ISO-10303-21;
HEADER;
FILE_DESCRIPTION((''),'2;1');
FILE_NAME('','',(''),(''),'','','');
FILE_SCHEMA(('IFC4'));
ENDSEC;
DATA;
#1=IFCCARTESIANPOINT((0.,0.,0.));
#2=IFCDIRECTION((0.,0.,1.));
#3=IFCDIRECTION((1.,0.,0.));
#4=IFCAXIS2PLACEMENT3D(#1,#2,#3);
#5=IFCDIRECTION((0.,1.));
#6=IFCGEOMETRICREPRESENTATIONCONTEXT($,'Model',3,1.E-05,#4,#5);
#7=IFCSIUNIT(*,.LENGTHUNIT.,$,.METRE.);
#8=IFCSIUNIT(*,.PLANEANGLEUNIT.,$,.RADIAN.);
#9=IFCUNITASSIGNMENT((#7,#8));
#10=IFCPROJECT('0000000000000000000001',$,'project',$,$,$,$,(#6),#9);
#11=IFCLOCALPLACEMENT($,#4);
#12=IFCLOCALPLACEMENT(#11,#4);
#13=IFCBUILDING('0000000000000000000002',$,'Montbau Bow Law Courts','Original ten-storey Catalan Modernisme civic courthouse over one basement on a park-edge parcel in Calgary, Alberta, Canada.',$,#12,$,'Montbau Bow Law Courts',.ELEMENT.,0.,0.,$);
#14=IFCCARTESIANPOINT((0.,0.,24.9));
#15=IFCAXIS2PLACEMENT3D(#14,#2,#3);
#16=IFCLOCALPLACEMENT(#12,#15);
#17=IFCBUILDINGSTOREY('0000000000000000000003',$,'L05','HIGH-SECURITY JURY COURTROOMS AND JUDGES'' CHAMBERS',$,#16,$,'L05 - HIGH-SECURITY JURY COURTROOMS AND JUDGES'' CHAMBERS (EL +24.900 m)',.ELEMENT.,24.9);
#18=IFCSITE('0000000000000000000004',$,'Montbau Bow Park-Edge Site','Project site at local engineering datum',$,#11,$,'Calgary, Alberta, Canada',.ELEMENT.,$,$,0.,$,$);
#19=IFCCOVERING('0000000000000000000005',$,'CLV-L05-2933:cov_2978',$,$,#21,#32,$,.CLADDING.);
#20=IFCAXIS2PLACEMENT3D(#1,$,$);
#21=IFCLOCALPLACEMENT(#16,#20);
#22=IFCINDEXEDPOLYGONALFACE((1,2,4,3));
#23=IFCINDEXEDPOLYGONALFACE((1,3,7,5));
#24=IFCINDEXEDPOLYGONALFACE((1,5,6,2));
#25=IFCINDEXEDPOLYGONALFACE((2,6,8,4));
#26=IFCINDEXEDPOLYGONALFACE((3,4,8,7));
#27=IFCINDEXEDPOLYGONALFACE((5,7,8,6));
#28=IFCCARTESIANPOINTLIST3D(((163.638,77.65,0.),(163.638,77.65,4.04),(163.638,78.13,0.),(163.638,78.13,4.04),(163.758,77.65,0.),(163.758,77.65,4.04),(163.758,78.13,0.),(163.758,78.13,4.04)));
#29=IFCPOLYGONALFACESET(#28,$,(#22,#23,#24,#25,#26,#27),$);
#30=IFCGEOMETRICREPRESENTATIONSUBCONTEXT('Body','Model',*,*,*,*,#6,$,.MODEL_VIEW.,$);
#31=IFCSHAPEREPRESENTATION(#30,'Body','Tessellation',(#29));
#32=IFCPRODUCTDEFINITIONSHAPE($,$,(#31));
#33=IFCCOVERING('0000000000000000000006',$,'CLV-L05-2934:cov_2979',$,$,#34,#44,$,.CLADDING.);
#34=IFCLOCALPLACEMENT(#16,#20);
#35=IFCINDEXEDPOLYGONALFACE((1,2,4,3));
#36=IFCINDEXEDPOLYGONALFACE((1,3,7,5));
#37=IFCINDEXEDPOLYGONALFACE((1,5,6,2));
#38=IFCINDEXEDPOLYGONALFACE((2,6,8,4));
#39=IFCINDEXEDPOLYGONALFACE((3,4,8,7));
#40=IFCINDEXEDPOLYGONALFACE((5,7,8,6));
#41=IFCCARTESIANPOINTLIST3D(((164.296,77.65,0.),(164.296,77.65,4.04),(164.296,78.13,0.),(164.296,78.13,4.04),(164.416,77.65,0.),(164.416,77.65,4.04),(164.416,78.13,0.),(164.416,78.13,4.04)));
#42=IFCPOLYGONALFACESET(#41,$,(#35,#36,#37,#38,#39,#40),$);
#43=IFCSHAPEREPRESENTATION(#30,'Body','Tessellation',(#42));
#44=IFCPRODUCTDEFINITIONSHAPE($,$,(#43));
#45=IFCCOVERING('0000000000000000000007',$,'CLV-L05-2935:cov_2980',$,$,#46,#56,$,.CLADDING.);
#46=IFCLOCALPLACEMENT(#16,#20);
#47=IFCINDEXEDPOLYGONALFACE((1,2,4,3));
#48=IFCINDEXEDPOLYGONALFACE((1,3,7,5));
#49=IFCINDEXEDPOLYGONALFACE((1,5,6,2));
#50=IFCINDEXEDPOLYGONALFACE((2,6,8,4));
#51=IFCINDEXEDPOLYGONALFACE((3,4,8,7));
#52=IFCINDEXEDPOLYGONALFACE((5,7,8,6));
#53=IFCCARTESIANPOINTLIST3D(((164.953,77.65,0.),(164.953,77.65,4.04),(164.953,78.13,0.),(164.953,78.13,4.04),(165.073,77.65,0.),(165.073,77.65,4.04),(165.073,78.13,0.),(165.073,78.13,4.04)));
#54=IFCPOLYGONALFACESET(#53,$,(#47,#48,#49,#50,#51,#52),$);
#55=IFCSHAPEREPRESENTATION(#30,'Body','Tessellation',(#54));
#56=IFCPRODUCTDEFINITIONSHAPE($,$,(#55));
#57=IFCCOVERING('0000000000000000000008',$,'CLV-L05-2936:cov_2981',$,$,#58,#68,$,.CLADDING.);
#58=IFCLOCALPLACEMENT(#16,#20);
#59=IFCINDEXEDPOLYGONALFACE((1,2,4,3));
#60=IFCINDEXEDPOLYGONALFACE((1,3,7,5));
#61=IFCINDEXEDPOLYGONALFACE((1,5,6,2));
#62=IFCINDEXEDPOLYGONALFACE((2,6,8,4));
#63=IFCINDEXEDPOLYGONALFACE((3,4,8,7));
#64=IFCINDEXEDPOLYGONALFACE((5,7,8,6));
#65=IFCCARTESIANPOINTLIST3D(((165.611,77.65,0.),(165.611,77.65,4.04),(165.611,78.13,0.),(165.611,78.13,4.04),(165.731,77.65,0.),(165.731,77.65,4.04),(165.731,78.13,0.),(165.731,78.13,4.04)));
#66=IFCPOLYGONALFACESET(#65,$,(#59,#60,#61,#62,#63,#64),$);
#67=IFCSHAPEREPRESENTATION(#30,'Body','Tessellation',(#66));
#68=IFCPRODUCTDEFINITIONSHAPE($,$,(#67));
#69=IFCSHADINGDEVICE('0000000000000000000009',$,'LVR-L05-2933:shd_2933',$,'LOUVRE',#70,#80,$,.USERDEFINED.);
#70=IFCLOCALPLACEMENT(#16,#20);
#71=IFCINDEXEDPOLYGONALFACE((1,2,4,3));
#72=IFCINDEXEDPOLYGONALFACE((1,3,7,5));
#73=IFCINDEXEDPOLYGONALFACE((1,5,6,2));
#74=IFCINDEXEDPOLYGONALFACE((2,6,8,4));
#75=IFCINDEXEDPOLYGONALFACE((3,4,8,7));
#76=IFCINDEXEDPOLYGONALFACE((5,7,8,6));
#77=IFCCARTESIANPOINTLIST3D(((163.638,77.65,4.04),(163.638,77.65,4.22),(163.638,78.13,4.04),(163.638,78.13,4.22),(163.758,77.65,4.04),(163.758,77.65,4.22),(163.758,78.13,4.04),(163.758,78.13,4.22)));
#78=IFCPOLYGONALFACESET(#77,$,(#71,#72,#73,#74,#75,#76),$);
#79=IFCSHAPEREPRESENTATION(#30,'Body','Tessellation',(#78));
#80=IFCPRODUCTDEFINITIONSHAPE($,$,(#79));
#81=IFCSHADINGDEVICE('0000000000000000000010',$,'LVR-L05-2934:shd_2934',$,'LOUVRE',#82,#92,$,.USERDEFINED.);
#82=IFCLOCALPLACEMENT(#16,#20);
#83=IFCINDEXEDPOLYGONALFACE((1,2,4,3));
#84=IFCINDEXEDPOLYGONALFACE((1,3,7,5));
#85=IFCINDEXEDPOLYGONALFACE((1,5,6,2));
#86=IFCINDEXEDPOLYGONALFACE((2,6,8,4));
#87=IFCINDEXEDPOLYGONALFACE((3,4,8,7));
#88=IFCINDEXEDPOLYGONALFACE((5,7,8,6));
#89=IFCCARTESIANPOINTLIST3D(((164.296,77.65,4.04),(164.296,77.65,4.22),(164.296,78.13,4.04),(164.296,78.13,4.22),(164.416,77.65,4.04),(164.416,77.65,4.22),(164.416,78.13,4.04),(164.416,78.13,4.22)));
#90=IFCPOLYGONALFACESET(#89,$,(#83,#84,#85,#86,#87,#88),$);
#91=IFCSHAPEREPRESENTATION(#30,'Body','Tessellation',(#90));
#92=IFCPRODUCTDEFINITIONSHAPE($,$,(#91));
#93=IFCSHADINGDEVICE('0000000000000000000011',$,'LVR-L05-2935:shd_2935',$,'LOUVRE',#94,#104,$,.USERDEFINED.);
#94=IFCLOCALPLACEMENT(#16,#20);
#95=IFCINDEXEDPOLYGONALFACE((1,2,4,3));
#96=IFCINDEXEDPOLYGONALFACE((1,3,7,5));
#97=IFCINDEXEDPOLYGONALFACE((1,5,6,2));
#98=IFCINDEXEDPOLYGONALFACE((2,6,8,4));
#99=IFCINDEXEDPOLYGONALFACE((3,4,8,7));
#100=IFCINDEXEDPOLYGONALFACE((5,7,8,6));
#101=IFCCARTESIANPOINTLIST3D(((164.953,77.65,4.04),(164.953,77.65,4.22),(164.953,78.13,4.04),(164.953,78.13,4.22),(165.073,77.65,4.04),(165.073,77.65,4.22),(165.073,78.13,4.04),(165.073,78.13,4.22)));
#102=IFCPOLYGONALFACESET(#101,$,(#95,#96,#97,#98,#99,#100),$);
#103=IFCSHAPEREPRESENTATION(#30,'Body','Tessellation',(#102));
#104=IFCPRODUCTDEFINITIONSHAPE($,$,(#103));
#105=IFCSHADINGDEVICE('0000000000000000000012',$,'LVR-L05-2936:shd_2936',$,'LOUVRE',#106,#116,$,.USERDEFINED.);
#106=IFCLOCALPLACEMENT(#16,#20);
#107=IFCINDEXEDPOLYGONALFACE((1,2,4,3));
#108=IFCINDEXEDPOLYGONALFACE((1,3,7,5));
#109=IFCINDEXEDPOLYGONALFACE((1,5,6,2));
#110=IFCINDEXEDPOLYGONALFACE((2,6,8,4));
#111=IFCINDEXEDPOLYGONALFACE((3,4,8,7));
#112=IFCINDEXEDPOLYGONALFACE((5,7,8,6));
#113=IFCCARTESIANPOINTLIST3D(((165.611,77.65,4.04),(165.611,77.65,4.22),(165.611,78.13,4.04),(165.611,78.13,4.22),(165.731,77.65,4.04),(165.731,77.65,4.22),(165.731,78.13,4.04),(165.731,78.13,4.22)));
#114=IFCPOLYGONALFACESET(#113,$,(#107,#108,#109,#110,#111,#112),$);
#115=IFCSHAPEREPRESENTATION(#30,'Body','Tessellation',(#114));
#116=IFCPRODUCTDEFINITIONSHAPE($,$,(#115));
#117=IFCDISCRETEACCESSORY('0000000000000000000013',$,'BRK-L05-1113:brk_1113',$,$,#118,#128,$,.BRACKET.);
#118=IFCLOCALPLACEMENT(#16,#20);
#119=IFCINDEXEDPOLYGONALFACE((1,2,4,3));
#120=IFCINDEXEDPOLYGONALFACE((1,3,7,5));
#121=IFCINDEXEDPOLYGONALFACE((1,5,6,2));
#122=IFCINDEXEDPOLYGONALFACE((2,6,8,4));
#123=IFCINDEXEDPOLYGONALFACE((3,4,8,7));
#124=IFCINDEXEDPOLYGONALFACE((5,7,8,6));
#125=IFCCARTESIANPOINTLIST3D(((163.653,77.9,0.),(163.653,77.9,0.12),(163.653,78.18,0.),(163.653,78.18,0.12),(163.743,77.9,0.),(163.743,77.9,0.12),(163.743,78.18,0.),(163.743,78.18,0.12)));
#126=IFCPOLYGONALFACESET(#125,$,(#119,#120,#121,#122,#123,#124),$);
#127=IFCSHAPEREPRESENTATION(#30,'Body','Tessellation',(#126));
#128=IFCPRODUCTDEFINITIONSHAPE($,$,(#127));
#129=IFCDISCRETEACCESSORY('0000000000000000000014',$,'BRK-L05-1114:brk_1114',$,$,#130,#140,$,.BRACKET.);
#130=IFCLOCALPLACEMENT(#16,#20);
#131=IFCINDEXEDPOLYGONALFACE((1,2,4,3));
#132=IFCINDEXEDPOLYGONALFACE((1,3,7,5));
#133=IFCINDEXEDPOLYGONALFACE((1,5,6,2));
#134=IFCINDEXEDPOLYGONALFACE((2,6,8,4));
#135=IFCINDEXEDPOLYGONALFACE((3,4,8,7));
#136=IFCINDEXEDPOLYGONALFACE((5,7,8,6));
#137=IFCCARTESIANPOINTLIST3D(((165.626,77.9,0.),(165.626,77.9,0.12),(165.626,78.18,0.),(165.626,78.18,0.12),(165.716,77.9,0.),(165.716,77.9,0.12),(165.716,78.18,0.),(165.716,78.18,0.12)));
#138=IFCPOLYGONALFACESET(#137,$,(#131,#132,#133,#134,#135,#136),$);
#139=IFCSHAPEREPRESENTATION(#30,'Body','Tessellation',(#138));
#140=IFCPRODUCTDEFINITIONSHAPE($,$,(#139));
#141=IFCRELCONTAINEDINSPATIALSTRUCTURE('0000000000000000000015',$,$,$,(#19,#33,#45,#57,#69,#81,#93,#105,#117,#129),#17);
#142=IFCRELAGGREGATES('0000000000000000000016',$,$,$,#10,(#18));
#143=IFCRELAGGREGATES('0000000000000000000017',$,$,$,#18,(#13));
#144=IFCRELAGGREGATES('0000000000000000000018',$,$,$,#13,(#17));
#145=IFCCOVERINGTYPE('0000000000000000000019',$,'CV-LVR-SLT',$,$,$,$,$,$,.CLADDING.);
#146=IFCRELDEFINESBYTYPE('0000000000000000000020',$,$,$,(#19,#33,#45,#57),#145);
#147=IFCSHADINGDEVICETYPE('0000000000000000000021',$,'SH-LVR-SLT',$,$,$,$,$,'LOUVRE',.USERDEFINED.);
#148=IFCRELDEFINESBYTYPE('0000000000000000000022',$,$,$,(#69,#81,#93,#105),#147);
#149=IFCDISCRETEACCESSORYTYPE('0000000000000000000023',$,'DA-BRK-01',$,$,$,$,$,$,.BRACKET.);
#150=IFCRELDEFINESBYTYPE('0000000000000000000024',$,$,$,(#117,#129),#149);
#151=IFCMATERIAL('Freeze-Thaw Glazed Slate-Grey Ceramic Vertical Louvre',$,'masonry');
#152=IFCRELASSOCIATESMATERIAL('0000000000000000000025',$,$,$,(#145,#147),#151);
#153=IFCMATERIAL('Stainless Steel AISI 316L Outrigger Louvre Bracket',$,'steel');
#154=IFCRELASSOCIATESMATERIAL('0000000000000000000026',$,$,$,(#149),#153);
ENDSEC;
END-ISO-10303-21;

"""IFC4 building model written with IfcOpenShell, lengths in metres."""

from ifc_helpers import new_model, si_unit, direction, frame, frame_2d, origin_with_axes, origin_2d_with_axis, place, context, subcontext, project, spatial, rectangle, extrude, material, type_object, element, save


model = new_model("IFC4")

# Units and contexts
model_context = context("Model", 3, precision=1e-05, world=origin_with_axes(), true_north=direction((0.0, 1.0)))
body_context = subcontext(model_context, "Body", "Model", "MODEL_VIEW")
ifc_project = project(units=[si_unit("LENGTHUNIT", "METRE"), si_unit("PLANEANGLEUNIT", "RADIAN")], contexts=[model_context])

# Site, building, storey
site_placement = place(None, origin_with_axes())
site = spatial("IfcSite", under=ifc_project, at=site_placement, Name="Montbau Bow Park-Edge Site", Description="Project site at local engineering datum", LongName="Calgary, Alberta, Canada", CompositionType="ELEMENT", RefElevation=0.0)
building_placement = place(site_placement, origin_with_axes())
building = spatial("IfcBuilding", under=site, at=building_placement, Name="Montbau Bow Law Courts", Description="Original ten-storey Catalan Modernisme civic courthouse over one basement on a park-edge parcel in Calgary, Alberta, Canada.", LongName="Montbau Bow Law Courts", CompositionType="ELEMENT", ElevationOfRefHeight=0.0, ElevationOfTerrain=0.0)
storey_placement = place(building_placement, frame((0.0, 0.0, 24.9), z_axis=(0.0, 0.0, 1.0), x_axis=(1.0, 0.0, 0.0)))
storey = spatial("IfcBuildingStorey", under=building, at=storey_placement, Name="L05", Description="HIGH-SECURITY JURY COURTROOMS AND JUDGES' CHAMBERS", LongName="L05 - HIGH-SECURITY JURY COURTROOMS AND JUDGES' CHAMBERS (EL +24.900 m)", CompositionType="ELEMENT", Elevation=24.9)

# Coverings
ifc_material_1 = material(Name="Freeze-Thaw Glazed Slate-Grey Ceramic Vertical Louvre", Category="masonry")
covering_type = type_object("IfcCoveringType", Name="CV-LVR-SLT", PredefinedType="CLADDING", material=ifc_material_1)
for number, where, z_axis, x_axis, name in (
    (1, (163.698, 78.13, 24.9), (-1.0, 0.0, 0.0), (0.0, -1.0, 0.0), "CLV-L05-2933:cov_2978"),
    (2, (164.356, 78.13, 24.9), (-1.0, 0.0, 0.0), (0.0, -1.0, 0.0), "CLV-L05-2934:cov_2979"),
    (3, (165.013, 78.13, 24.9), (-1.0, 0.0, 0.0), (0.0, -1.0, 0.0), "CLV-L05-2935:cov_2980"),
    (4, (165.671, 78.13, 24.9), (-1.0, 0.0, 0.0), (0.0, -1.0, 0.0), "CLV-L05-2936:cov_2981"),
):
    element("IfcCovering", number, at=place(None, frame(where, z_axis=z_axis, x_axis=x_axis)), inside=storey, type_object=covering_type, Name=name, PredefinedType="CLADDING", context=body_context, shape_type="SweptSolid", body=[
        extrude(rectangle(XDim=0.48, YDim=4.04, at=frame_2d((0.24, 2.02), x_axis=(1.0, 0.0))), frame((0.0, 0.0, -0.06), z_axis=(0.0, 0.0, 1.0), x_axis=(1.0, 0.0, 0.0)), (0.0, 0.0, 1.0), 0.12),
    ])

# Shading devices
shading_device_type = type_object("IfcShadingDeviceType", Name="SH-LVR-SLT", ElementType="LOUVRE", PredefinedType="USERDEFINED", material=ifc_material_1)
for number, where, z_axis, x_axis, name in (
    (5, (163.698, 77.89, 28.94), (0.0, 0.0, 1.0), (0.0, -1.0, 0.0), "LVR-L05-2933:shd_2933"),
    (6, (164.356, 77.89, 28.94), (0.0, 0.0, 1.0), (0.0, -1.0, 0.0), "LVR-L05-2934:shd_2934"),
    (7, (165.013, 77.89, 28.94), (0.0, 0.0, 1.0), (0.0, -1.0, 0.0), "LVR-L05-2935:shd_2935"),
    (8, (165.671, 77.89, 28.94), (0.0, 0.0, 1.0), (0.0, -1.0, 0.0), "LVR-L05-2936:shd_2936"),
):
    element("IfcShadingDevice", number, at=place(None, frame(where, z_axis=z_axis, x_axis=x_axis)), inside=storey, type_object=shading_device_type, Name=name, ObjectType="LOUVRE", PredefinedType="USERDEFINED", context=body_context, shape_type="SweptSolid", body=[
        extrude(rectangle(XDim=0.48, YDim=0.12, at=origin_2d_with_axis()), origin_with_axes(), (0.0, 0.0, 1.0), 0.18),
    ])

# Discrete accessories
ifc_material_2 = material(Name="Stainless Steel AISI 316L Outrigger Louvre Bracket", Category="steel")
discrete_accessory_type = type_object("IfcDiscreteAccessoryType", Name="DA-BRK-01", PredefinedType="BRACKET", material=ifc_material_2)
for number, where, z_axis, x_axis, name in (
    (9, (163.698, 78.04, 24.9), (0.0, 0.0, 1.0), (0.0, -1.0, 0.0), "BRK-L05-1113:brk_1113"),
    (10, (165.671, 78.04, 24.9), (0.0, 0.0, 1.0), (0.0, -1.0, 0.0), "BRK-L05-1114:brk_1114"),
):
    element("IfcDiscreteAccessory", number, at=place(None, frame(where, z_axis=z_axis, x_axis=x_axis)), inside=storey, type_object=discrete_accessory_type, Name=name, PredefinedType="BRACKET", context=body_context, shape_type="SweptSolid", body=[
        extrude(rectangle(XDim=0.28, YDim=0.09, at=origin_2d_with_axis()), origin_with_axes(), (0.0, 0.0, 1.0), 0.12),
    ])

save(model, "model.ifc")
